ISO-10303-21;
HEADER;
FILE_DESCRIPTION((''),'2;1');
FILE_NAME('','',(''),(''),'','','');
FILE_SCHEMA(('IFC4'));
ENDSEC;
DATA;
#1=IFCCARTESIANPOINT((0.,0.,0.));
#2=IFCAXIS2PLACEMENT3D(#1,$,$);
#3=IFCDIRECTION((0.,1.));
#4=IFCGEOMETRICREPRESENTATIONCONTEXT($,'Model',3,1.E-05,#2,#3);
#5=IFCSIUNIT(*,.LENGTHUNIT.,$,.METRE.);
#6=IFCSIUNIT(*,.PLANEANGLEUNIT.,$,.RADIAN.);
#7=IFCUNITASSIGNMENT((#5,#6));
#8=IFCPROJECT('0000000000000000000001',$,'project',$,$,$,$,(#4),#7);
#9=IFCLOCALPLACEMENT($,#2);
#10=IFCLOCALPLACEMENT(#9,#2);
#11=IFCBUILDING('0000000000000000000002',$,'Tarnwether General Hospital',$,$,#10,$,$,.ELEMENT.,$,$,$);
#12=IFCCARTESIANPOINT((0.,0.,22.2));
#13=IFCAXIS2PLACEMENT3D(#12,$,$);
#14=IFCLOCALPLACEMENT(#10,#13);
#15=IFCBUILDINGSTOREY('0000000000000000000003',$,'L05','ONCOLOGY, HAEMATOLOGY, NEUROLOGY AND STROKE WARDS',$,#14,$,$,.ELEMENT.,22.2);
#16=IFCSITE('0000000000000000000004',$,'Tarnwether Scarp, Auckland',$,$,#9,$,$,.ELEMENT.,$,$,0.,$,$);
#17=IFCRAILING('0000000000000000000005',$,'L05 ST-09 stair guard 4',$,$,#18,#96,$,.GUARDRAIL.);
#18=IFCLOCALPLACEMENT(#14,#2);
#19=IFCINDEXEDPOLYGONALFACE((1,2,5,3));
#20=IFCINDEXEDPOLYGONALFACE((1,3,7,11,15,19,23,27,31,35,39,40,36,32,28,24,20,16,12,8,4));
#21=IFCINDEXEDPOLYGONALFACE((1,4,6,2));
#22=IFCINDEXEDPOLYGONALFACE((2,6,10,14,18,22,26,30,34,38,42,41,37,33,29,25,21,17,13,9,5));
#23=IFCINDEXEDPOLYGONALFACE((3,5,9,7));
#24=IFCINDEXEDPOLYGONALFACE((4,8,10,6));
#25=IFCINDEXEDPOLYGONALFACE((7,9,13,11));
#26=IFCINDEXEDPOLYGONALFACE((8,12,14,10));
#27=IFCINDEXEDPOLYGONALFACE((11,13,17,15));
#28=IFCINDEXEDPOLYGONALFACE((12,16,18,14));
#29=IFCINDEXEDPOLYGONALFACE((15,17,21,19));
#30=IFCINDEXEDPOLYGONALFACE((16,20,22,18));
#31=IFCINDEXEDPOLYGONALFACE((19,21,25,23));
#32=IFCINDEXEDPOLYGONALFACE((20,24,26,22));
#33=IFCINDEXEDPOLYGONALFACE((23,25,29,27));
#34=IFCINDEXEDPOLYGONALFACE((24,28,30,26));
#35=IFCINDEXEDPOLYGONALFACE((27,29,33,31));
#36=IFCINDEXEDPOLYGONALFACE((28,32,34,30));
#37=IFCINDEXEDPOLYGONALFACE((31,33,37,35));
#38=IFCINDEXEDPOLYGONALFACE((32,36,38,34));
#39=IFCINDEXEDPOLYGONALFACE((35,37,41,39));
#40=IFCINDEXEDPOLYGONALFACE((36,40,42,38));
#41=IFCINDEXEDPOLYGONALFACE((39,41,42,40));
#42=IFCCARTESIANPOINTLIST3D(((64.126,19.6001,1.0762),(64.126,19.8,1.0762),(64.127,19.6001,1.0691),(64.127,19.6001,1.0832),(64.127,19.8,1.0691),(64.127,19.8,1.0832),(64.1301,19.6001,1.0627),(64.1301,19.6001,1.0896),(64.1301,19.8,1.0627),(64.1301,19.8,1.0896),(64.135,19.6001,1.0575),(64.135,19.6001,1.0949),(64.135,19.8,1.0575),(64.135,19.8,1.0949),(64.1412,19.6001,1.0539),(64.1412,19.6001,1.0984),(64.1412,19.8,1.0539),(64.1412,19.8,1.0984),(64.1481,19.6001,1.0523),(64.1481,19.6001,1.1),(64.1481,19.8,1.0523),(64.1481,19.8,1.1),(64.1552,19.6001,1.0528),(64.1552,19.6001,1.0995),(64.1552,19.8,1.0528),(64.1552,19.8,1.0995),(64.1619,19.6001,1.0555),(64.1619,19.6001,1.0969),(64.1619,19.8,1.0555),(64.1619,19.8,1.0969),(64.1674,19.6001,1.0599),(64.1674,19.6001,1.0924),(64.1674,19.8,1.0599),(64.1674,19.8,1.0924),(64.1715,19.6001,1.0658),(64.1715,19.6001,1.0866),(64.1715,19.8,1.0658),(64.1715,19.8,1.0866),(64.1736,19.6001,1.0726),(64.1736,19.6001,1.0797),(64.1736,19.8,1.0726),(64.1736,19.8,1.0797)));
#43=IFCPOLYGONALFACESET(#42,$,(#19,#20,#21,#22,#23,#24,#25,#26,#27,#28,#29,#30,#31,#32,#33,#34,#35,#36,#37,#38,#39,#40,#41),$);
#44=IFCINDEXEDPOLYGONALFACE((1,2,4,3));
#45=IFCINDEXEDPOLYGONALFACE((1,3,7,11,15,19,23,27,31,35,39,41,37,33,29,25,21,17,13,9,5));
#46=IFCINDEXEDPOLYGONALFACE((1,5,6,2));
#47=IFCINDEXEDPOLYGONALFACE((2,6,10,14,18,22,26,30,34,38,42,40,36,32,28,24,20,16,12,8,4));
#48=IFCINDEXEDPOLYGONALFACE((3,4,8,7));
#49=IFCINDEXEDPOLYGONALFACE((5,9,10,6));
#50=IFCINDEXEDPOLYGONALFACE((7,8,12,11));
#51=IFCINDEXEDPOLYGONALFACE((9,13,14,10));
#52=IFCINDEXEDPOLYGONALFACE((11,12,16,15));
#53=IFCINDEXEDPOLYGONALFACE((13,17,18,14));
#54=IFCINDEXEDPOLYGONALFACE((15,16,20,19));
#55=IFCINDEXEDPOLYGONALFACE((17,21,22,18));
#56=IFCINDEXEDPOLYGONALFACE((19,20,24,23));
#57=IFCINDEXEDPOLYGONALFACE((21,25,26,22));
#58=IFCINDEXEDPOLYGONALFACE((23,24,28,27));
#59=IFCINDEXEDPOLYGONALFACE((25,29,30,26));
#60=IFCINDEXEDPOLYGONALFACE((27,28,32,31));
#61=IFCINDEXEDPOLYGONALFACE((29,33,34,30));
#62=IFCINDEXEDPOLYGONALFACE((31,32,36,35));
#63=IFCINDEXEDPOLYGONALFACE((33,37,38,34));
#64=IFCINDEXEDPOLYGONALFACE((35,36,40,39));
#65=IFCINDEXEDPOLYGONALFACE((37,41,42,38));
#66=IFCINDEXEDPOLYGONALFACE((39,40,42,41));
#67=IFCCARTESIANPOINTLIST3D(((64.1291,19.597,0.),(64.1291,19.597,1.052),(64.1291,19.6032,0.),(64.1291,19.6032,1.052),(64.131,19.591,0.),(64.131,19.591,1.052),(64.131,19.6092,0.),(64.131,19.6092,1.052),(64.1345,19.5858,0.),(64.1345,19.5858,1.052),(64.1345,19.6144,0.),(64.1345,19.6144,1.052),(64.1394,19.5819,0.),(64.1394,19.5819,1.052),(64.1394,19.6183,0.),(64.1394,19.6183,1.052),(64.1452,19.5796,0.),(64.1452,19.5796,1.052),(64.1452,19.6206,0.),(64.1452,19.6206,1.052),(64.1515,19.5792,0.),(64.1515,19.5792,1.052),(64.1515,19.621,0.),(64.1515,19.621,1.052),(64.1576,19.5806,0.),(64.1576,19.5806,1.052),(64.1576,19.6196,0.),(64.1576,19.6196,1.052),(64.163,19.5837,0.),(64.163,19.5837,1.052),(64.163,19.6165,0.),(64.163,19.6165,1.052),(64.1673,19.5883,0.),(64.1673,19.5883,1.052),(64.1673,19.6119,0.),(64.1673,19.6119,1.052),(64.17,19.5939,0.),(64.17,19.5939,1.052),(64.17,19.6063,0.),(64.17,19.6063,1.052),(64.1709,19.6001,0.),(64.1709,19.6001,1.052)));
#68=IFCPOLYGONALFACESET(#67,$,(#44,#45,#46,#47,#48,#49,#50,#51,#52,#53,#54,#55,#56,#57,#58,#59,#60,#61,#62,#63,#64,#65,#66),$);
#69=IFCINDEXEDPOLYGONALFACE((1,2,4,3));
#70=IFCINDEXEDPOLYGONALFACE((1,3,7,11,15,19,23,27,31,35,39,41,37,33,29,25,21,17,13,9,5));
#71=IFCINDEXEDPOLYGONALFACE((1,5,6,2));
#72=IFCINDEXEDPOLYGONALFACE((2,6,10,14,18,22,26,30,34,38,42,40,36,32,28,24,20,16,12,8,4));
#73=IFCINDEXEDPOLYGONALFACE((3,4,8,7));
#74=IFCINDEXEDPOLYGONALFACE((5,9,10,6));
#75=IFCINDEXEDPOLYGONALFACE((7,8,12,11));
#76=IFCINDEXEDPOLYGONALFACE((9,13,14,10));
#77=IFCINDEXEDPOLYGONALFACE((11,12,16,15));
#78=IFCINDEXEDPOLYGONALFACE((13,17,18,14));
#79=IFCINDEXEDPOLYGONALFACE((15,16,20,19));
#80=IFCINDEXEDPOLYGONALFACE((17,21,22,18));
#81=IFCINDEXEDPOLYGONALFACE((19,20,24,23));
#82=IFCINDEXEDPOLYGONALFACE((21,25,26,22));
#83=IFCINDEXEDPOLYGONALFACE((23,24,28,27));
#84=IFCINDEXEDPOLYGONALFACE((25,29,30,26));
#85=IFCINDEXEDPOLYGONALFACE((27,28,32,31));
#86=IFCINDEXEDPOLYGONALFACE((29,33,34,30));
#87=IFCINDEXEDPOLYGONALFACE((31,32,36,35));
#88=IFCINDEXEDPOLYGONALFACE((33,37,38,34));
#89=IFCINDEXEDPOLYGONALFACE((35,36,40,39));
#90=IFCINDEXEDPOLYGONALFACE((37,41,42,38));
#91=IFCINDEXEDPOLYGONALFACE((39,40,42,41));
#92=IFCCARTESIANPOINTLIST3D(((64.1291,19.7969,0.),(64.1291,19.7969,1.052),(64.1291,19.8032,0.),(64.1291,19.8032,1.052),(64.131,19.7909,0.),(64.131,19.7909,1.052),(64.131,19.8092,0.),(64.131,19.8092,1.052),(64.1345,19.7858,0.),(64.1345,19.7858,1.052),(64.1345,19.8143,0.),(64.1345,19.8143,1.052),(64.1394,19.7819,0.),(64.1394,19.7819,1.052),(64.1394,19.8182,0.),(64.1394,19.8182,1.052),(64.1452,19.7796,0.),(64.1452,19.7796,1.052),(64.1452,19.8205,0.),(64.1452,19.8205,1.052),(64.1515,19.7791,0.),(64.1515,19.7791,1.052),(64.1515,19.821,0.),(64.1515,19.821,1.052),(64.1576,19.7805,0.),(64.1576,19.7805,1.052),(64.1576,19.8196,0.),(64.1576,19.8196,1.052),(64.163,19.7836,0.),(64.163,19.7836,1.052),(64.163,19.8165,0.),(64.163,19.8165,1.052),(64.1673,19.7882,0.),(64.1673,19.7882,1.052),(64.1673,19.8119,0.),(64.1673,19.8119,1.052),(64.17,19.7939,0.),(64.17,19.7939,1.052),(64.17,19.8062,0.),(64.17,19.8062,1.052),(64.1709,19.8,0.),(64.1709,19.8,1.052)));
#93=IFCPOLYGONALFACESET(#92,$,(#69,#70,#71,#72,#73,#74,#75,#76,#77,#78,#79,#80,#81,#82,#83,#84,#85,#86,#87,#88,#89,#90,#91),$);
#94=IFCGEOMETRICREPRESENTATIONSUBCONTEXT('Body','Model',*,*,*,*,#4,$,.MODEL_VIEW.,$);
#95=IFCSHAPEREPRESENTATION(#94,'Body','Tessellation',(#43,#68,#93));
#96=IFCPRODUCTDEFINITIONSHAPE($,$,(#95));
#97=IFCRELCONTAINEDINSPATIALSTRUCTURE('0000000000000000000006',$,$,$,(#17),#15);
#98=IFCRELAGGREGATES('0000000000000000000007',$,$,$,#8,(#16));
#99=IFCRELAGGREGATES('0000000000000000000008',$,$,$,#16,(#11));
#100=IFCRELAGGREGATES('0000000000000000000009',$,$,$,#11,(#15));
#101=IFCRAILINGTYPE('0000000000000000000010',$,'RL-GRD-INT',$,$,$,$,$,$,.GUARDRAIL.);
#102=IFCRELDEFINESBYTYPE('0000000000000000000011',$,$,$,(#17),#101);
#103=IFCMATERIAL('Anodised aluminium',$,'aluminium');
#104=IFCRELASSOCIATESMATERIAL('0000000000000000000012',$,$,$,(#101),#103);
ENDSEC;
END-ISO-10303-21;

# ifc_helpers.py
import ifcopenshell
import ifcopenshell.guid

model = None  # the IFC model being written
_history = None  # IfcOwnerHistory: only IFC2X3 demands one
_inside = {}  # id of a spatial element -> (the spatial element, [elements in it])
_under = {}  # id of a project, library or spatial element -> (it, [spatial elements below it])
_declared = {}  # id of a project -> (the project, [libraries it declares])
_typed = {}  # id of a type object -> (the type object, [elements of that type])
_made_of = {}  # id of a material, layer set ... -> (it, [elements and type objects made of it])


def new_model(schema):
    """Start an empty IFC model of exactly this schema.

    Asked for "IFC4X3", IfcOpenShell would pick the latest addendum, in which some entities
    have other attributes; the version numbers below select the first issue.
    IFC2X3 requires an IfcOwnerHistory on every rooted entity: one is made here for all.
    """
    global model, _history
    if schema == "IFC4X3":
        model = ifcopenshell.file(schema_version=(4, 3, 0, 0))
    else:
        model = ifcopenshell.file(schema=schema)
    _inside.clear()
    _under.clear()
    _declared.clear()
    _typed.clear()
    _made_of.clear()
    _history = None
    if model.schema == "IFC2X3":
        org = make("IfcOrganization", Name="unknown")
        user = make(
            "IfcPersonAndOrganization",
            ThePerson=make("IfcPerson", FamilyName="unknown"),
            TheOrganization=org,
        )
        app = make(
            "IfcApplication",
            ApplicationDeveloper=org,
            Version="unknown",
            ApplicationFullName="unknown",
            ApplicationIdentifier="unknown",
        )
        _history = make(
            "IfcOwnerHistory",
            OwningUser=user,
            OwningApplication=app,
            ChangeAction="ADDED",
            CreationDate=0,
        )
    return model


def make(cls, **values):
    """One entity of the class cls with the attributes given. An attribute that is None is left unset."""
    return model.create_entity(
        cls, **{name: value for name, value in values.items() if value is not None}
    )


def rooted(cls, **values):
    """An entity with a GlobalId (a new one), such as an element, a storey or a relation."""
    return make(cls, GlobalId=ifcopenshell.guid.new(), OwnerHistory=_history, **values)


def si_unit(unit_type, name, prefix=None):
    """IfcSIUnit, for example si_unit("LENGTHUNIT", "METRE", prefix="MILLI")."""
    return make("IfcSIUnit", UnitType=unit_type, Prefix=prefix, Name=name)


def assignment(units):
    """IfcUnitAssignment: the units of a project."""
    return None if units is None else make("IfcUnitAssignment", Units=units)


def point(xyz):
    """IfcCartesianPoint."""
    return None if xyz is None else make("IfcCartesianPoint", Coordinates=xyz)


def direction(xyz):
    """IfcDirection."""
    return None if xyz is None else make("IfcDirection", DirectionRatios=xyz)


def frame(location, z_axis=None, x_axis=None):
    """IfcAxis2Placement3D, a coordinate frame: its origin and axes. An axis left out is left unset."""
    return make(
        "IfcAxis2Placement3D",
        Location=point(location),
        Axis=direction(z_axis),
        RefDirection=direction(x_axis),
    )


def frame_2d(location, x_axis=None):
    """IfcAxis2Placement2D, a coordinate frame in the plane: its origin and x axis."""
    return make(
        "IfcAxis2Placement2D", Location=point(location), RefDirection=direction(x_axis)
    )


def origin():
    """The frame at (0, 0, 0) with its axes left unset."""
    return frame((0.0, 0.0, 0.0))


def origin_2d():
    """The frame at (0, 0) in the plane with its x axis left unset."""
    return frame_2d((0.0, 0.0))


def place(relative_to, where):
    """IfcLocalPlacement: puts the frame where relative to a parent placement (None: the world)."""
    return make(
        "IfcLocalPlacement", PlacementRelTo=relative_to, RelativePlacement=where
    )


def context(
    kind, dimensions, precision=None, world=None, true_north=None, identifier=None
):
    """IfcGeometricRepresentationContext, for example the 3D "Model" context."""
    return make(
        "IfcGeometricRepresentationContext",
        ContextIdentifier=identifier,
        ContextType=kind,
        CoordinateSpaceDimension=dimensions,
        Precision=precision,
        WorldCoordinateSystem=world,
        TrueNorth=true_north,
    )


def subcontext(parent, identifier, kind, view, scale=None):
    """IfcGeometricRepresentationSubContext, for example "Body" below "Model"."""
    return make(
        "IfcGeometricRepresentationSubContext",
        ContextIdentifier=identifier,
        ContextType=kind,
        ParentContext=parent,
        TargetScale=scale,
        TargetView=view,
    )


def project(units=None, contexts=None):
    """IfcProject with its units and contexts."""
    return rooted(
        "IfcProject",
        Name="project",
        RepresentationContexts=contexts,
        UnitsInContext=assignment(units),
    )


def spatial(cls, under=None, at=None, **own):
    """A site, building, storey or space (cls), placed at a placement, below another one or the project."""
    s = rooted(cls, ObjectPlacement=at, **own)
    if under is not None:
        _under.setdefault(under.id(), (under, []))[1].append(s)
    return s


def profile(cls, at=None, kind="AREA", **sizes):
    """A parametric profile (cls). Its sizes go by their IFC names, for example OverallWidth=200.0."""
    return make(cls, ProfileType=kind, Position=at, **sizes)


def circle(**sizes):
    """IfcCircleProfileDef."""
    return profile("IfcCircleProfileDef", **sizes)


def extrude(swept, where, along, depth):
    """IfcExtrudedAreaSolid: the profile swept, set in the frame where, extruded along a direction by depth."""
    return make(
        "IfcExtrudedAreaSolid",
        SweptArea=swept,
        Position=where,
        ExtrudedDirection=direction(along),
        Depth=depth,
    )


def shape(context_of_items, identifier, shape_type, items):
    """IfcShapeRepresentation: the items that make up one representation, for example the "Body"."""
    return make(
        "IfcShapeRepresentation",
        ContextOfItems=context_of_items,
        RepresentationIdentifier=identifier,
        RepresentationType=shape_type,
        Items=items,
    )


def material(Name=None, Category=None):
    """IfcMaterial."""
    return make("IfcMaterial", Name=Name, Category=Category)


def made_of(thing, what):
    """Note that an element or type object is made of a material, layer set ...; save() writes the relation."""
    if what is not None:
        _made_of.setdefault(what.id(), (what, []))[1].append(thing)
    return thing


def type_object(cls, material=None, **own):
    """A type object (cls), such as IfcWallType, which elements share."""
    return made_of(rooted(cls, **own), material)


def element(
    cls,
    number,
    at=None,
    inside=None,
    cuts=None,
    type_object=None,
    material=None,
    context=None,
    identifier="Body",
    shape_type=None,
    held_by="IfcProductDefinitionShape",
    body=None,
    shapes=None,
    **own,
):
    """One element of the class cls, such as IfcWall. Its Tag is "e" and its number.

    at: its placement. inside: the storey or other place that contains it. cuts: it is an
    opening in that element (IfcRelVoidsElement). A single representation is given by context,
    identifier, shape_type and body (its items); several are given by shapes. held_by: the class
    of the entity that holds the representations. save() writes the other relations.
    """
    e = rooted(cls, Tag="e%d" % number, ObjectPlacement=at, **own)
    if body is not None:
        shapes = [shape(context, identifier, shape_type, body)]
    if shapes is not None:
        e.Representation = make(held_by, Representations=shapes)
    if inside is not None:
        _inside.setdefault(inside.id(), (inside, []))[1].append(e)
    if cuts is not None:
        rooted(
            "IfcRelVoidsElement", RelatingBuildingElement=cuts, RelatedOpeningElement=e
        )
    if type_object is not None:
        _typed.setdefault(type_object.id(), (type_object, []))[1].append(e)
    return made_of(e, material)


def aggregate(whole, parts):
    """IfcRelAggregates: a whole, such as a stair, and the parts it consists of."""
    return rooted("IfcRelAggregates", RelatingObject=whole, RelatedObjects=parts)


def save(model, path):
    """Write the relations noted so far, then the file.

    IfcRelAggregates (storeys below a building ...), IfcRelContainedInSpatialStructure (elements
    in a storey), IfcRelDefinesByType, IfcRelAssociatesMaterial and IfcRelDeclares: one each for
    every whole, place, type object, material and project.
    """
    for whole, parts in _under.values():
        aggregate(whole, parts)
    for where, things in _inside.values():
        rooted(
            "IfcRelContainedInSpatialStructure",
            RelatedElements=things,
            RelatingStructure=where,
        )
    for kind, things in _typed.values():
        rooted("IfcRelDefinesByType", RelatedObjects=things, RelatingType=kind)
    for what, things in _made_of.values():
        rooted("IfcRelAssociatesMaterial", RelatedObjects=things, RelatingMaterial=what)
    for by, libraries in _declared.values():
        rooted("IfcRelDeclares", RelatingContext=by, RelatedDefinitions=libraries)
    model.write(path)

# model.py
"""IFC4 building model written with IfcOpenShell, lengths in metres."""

from ifc_helpers import new_model, si_unit, direction, frame, origin, origin_2d, place, context, subcontext, project, spatial, circle, extrude, material, type_object, element, save


model = new_model("IFC4")

# Units and contexts
model_context = context("Model", 3, precision=1e-05, world=origin(), true_north=direction((0.0, 1.0)))
body_context = subcontext(model_context, "Body", "Model", "MODEL_VIEW")
ifc_project = project(units=[si_unit("LENGTHUNIT", "METRE"), si_unit("PLANEANGLEUNIT", "RADIAN")], contexts=[model_context])

# Site, building, storey
site_placement = place(None, origin())
site = spatial("IfcSite", under=ifc_project, at=site_placement, Name="Tarnwether Scarp, Auckland", CompositionType="ELEMENT", RefElevation=0.0)
building_placement = place(site_placement, origin())
building = spatial("IfcBuilding", under=site, at=building_placement, Name="Tarnwether General Hospital", CompositionType="ELEMENT")
storey_placement = place(building_placement, frame((0.0, 0.0, 22.2)))
storey = spatial("IfcBuildingStorey", under=building, at=storey_placement, Name="L05", Description="ONCOLOGY, HAEMATOLOGY, NEUROLOGY AND STROKE WARDS", CompositionType="ELEMENT", Elevation=22.2)

# Railing
ifc_material_1 = material(Name="Anodised aluminium", Category="aluminium")
railing_type_1 = type_object("IfcRailingType", Name="RL-GRD-INT", PredefinedType="GUARDRAIL", material=ifc_material_1)
railing_1_placement = place(storey_placement, frame((64.1499, 19.6001, 0.0)))
element("IfcRailing", 1, at=railing_1_placement, inside=storey, type_object=railing_type_1, Name="L05 ST-09 stair guard 4", PredefinedType="GUARDRAIL", context=body_context, shape_type="SweptSolid", body=[
    extrude(circle(Radius=0.0239, at=origin_2d()), frame((0.0, 0.0, 1.0762), z_axis=(0.0, 1.0, 0.0), x_axis=(-1.0, 0.0, 0.0)), (0.0, 0.0, 1.0), 0.2),
    extrude(circle(Radius=0.021, at=origin_2d()), origin(), (0.0, 0.0, 1.0), 1.052),
    extrude(circle(Radius=0.021, at=origin_2d()), frame((0.0, 0.2, 0.0)), (0.0, 0.0, 1.0), 1.052),
])

save(model, "model.ifc")
